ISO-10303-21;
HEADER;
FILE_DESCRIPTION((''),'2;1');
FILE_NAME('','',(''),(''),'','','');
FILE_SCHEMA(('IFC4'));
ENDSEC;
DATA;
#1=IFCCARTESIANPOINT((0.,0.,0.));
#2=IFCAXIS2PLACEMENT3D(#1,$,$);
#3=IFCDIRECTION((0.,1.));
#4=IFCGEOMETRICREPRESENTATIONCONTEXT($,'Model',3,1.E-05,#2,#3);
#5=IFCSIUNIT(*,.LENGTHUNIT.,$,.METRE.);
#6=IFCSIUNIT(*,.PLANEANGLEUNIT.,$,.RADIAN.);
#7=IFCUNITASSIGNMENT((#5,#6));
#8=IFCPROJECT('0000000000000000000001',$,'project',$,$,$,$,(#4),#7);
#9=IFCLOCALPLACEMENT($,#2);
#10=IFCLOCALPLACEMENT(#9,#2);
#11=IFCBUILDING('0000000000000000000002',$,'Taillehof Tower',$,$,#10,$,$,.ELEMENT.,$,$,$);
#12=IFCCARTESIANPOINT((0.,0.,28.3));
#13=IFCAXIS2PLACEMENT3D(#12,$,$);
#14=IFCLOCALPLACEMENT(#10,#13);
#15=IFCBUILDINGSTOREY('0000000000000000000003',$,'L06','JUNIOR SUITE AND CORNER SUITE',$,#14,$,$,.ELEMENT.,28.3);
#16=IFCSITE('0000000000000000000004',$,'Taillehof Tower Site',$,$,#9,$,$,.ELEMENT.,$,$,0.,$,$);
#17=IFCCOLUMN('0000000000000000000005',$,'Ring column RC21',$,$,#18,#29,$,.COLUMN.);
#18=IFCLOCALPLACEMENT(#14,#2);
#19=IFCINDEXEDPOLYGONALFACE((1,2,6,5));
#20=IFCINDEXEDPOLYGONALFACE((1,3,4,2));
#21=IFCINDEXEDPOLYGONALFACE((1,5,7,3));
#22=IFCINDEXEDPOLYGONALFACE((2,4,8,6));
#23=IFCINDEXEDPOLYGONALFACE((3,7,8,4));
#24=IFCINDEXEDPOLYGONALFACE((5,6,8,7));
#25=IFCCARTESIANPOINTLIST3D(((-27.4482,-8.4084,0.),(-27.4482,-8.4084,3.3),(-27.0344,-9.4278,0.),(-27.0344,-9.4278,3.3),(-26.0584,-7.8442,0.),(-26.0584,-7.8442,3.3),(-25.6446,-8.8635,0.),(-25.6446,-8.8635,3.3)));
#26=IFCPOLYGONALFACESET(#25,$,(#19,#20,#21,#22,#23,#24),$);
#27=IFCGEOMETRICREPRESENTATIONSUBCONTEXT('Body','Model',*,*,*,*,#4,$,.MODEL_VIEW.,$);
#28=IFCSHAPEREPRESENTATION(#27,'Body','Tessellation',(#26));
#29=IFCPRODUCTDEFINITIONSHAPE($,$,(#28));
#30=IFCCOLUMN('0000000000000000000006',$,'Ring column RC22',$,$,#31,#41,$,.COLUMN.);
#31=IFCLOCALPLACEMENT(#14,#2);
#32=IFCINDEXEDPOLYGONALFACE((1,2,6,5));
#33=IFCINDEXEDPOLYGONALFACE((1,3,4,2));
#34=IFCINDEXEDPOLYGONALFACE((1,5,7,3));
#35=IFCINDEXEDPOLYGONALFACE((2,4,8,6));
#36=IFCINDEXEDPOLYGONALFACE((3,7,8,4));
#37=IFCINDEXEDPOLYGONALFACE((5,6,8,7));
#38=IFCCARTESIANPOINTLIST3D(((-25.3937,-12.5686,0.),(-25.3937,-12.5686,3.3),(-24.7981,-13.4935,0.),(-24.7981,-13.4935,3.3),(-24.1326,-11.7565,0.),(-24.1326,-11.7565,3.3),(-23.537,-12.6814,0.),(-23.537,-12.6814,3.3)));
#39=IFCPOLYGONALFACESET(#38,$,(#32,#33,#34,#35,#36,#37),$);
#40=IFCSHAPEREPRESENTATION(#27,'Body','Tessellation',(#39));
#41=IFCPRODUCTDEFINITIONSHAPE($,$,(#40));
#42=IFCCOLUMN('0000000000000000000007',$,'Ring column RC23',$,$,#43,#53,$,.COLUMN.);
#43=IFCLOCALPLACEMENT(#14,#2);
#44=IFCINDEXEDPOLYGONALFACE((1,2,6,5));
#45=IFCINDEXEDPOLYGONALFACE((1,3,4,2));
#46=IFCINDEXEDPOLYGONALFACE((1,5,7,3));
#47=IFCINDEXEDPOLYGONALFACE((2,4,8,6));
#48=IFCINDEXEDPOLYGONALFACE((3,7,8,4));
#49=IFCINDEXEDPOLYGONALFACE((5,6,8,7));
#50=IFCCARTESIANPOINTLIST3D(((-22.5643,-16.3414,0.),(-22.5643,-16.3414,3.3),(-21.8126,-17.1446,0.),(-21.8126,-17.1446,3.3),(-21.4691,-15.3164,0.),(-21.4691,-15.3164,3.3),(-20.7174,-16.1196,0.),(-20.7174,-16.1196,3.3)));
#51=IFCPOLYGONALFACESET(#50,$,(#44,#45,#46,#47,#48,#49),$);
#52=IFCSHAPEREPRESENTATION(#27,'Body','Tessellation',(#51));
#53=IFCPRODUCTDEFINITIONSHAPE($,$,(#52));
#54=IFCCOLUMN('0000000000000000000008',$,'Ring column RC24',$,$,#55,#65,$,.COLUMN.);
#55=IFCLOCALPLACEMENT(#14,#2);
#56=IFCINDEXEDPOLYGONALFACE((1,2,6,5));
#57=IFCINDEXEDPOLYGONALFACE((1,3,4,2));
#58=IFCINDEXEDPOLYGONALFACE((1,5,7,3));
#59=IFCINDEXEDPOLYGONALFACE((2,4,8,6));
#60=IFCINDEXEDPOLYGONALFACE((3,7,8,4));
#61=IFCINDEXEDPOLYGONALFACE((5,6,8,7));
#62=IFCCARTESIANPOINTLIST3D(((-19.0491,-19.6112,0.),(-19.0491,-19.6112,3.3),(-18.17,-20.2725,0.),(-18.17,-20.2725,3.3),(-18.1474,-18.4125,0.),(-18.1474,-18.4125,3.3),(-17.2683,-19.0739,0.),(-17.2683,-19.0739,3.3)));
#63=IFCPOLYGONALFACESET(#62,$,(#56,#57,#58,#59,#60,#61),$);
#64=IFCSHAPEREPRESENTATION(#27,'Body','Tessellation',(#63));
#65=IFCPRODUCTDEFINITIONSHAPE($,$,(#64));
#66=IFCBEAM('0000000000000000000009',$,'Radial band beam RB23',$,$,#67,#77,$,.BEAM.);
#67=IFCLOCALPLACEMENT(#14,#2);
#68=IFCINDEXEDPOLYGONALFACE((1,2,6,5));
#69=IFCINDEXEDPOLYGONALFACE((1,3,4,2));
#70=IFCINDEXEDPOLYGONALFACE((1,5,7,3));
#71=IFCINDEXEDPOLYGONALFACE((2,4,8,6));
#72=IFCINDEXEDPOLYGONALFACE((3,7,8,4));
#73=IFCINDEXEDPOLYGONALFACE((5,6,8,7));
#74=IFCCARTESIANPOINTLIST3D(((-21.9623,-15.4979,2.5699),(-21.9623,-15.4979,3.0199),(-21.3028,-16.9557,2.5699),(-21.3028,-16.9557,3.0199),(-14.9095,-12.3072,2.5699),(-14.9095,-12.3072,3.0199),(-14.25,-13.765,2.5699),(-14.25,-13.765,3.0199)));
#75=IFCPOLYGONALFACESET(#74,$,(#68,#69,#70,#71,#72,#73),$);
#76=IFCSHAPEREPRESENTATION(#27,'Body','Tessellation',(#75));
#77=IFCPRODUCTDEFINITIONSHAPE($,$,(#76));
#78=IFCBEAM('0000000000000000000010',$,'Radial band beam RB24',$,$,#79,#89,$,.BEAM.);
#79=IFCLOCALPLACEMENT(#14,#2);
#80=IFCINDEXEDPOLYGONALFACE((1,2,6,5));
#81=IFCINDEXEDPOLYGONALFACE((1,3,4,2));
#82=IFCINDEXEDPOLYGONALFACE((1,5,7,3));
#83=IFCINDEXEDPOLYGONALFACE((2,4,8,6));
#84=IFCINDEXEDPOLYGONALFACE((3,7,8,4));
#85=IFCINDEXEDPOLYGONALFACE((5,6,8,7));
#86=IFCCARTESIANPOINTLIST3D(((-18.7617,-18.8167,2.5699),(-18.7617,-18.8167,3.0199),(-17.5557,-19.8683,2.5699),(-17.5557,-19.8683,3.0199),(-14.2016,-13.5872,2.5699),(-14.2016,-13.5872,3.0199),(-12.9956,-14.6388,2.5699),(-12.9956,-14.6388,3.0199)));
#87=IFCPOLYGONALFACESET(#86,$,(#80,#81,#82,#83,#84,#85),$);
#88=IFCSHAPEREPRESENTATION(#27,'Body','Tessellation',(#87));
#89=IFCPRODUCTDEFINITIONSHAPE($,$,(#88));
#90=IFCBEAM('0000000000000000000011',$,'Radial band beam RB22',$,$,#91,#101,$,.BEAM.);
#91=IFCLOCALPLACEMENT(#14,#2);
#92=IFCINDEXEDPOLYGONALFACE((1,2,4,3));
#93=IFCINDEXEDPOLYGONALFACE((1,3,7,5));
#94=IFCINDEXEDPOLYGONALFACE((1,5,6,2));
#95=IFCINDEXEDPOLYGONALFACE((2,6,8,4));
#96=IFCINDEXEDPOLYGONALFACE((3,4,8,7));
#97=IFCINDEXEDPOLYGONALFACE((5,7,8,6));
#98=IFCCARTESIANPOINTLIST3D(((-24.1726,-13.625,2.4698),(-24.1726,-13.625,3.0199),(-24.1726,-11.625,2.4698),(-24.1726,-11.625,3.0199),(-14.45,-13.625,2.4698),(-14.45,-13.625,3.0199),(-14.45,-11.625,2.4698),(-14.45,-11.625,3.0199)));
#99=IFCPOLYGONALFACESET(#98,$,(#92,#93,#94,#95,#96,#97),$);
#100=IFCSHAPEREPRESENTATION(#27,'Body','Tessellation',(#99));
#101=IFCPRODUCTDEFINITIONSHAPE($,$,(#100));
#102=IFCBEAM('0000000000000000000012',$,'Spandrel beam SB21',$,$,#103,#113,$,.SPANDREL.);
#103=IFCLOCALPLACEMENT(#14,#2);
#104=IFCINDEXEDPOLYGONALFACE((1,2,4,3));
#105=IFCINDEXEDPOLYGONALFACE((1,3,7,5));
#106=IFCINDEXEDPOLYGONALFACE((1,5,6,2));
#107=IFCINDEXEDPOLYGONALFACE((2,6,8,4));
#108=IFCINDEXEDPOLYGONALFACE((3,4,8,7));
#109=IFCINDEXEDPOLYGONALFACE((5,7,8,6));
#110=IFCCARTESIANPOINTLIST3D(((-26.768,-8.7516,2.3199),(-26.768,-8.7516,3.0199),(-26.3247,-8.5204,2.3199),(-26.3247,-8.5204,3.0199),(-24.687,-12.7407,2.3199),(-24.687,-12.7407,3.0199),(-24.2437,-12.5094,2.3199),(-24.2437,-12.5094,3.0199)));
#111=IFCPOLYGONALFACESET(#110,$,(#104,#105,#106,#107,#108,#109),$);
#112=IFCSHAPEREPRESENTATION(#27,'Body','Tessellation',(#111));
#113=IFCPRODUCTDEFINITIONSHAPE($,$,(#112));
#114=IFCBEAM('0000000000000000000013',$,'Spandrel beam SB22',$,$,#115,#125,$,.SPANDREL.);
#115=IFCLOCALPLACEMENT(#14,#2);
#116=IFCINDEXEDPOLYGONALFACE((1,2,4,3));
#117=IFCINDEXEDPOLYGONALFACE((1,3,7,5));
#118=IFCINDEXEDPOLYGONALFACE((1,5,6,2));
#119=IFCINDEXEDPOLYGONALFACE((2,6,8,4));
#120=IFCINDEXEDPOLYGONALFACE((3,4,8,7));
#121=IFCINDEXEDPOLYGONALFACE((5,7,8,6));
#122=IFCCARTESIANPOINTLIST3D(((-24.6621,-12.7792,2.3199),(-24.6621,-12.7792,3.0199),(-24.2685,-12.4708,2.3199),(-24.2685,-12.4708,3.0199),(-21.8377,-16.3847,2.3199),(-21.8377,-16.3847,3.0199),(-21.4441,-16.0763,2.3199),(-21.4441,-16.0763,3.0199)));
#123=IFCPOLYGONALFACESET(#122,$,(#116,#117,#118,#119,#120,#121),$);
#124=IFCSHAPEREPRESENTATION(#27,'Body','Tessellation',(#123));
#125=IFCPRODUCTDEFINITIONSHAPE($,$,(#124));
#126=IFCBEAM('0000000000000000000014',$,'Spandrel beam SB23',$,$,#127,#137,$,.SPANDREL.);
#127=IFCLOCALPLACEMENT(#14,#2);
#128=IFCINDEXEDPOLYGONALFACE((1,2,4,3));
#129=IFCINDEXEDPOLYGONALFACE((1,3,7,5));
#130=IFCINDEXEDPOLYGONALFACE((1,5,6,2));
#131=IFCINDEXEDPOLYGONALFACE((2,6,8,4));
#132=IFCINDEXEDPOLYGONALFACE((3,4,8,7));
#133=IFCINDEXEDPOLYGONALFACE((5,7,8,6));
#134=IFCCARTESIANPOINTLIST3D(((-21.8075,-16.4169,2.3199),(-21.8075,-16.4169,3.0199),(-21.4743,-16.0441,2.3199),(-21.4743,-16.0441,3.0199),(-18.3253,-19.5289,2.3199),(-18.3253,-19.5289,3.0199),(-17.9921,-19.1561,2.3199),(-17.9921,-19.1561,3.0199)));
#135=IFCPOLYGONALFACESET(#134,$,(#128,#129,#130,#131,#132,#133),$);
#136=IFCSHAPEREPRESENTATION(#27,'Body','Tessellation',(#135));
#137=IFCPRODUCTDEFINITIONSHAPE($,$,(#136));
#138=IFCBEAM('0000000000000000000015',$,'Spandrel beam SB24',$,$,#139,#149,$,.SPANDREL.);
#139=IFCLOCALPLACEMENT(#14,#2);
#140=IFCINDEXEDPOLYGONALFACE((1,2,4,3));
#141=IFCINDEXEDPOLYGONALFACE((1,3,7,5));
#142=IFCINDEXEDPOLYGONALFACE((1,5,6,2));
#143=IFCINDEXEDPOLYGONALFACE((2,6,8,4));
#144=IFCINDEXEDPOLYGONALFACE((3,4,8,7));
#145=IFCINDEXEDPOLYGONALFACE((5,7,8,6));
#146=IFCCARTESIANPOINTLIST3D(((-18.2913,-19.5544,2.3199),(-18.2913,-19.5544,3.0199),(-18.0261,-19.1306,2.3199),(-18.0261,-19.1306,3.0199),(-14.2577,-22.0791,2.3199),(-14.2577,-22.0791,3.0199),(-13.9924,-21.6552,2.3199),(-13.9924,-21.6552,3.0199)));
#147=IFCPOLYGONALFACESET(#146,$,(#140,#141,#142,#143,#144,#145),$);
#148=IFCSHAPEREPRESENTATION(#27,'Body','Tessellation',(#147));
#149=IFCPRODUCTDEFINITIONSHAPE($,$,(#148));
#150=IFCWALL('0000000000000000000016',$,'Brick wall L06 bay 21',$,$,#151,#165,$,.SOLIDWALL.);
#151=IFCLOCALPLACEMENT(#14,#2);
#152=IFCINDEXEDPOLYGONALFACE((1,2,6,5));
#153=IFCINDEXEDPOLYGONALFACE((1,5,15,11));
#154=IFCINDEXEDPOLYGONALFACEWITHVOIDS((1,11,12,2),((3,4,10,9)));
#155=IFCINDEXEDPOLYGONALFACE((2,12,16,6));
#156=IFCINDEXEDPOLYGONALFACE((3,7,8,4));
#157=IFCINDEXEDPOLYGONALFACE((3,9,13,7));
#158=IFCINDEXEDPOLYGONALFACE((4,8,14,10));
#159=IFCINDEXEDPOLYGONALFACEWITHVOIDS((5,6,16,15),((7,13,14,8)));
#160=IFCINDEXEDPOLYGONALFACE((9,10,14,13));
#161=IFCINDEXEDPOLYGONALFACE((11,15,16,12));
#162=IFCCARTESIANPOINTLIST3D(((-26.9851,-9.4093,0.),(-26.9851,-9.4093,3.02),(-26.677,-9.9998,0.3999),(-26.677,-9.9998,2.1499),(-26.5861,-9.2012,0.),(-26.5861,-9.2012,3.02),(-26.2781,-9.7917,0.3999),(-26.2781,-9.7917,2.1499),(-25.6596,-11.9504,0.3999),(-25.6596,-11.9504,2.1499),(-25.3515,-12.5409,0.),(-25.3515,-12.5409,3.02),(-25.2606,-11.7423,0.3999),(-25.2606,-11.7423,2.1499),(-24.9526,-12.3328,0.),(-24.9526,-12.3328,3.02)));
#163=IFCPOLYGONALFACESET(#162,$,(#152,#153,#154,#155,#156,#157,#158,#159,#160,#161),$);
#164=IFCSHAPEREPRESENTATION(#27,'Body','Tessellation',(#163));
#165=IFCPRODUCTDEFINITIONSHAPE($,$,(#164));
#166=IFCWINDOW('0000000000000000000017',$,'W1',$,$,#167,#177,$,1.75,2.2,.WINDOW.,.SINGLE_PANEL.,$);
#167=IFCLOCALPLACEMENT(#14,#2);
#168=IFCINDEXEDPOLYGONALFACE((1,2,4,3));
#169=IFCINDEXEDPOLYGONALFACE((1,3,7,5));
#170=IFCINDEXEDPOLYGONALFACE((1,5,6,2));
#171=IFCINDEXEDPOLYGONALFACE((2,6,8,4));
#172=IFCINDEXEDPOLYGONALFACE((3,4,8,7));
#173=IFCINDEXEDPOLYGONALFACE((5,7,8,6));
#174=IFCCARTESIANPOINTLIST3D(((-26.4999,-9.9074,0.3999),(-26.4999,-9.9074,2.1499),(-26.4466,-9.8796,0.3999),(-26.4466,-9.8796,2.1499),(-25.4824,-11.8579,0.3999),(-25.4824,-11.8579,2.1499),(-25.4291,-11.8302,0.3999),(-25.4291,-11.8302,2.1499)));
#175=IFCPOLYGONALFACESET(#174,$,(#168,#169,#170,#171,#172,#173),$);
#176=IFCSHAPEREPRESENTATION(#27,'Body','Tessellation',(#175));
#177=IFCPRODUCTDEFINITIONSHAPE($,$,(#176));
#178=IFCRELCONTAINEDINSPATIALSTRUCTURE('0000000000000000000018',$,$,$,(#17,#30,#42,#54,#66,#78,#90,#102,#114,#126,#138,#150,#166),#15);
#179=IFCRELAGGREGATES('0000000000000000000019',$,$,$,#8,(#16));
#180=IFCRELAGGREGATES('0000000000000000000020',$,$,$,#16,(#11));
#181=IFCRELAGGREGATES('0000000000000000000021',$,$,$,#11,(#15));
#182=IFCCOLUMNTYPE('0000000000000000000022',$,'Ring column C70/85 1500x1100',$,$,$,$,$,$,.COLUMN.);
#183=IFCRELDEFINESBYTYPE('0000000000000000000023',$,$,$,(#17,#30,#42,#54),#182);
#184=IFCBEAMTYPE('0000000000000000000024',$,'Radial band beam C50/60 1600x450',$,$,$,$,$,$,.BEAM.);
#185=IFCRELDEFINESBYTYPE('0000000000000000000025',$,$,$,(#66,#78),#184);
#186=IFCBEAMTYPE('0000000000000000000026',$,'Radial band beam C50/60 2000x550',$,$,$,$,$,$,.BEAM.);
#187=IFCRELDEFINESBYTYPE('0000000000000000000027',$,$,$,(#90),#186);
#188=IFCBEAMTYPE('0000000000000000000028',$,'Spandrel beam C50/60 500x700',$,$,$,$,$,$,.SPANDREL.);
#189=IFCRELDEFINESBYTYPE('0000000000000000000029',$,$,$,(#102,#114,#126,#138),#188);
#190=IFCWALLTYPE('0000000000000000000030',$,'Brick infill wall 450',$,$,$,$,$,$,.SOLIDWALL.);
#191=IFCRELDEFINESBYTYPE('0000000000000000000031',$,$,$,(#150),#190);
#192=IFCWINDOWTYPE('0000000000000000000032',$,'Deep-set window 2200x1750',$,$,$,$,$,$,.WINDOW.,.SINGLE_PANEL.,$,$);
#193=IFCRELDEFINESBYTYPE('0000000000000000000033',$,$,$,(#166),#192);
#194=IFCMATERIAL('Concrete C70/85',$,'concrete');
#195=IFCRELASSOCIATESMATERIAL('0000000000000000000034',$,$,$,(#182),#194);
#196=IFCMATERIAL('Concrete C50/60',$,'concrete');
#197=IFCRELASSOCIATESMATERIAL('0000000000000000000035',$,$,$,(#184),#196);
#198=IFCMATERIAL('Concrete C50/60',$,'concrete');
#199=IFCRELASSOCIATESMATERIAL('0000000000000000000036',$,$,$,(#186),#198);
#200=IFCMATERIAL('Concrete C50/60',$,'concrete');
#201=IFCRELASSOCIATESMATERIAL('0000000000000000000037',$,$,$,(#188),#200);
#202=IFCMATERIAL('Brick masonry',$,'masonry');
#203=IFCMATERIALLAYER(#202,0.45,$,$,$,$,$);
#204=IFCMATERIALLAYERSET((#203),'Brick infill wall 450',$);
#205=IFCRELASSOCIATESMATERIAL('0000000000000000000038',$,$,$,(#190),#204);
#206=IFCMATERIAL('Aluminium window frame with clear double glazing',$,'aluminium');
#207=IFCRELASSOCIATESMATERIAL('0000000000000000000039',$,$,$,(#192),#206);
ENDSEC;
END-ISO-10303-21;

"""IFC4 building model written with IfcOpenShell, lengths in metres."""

from ifc_helpers import new_model, si_unit, direction, frame, frame_2d, origin, origin_2d, place, context, subcontext, project, spatial, rectangle, extrude, material, layer, layer_set, material_profile, profile_set, type_object, element, fill, save


model = new_model("IFC4")

# Units and contexts
model_context = context("Model", 3, precision=1e-05, world=origin(), true_north=direction((0.0, 1.0)))
body_context = subcontext(model_context, "Body", "Model", "MODEL_VIEW")
ifc_project = project(units=[si_unit("LENGTHUNIT", "METRE"), si_unit("PLANEANGLEUNIT", "RADIAN")], contexts=[model_context])

# Site, building, storey
site_placement = place(None, origin())
site = spatial("IfcSite", under=ifc_project, at=site_placement, Name="Taillehof Tower Site", CompositionType="ELEMENT", RefElevation=0.0)
building_placement = place(site_placement, origin())
building = spatial("IfcBuilding", under=site, at=building_placement, Name="Taillehof Tower", CompositionType="ELEMENT")
storey_placement = place(building_placement, frame((0.0, 0.0, 28.3)))
storey = spatial("IfcBuildingStorey", under=building, at=storey_placement, Name="L06", Description="JUNIOR SUITE AND CORNER SUITE", CompositionType="ELEMENT", Elevation=28.3)

# Columns
ifc_material_1 = material(Name="Concrete C70/85", Category="concrete")
ifc_material_profile_1 = material_profile(ifc_material_1, rectangle(XDim=1.5, YDim=1.1001, at=origin_2d()), Name="RC 1500x1100")
ifc_profile_set_1 = profile_set([ifc_material_profile_1], Name="Concrete C70/85")
column_type = type_object("IfcColumnType", Name="Ring column C70/85 1500x1100", PredefinedType="COLUMN", material=ifc_profile_set_1)
for number, where, z_axis, x_axis, name in (
    (1, (-26.5464, -8.636, 0.0), (0.0, 0.0, 1.0), (-0.926558, -0.376152, 0.0), "Ring column RC21"),
    (2, (-24.4653, -12.625, 0.0), (0.0, 0.0, 1.0), (-0.840754, -0.541418, 0.0), "Ring column RC22"),
    (3, (-21.6409, -16.2305, 0.0), (0.0, 0.0, 1.0), (-0.730113, -0.683326, 0.0), "Ring column RC23"),
    (4, (-18.1587, -19.3425, 0.0), (0.0, 0.0, 1.0), (-0.601174, -0.799118, 0.0), "Ring column RC24"),
):
    element("IfcColumn", number, at=place(storey_placement, frame(where, z_axis=z_axis, x_axis=x_axis)), inside=storey, type_object=column_type, Name=name, PredefinedType="COLUMN", context=body_context, shape_type="SweptSolid", body=[
        extrude(rectangle(XDim=1.5, YDim=1.1001, at=origin_2d()), origin(), (0.0, 0.0, 1.0), 3.3),
    ])

# Beams
ifc_material_2 = material(Name="Concrete C50/60", Category="concrete")
ifc_material_profile_2 = material_profile(ifc_material_2, rectangle(XDim=1.6001, YDim=0.45, at=origin_2d()), Name="RC 1600x450")
ifc_profile_set_2 = profile_set([ifc_material_profile_2], Name="Concrete C50/60")
beam_type_1 = type_object("IfcBeamType", Name="Radial band beam C50/60 1600x450", PredefinedType="BEAM", material=ifc_profile_set_2)
beam_1_placement = place(storey_placement, frame((-21.6326, -16.2268, 2.7949), z_axis=(0.911101, 0.412184, 0.0), x_axis=(-0.412184, 0.911101, 0.0)))
element("IfcBeam", 5, at=beam_1_placement, inside=storey, type_object=beam_type_1, Name="Radial band beam RB23", PredefinedType="BEAM", context=body_context, shape_type="SweptSolid", body=[
    extrude(rectangle(XDim=1.6001, YDim=0.45, at=origin_2d()), origin(), (0.0, 0.0, 1.0), 7.741),
])
beam_2_placement = place(storey_placement, frame((-18.1587, -19.3425, 2.7949), z_axis=(0.657218, 0.7537, 0.0), x_axis=(-0.7537, 0.657218, 0.0)))
element("IfcBeam", 6, at=beam_2_placement, inside=storey, type_object=beam_type_1, Name="Radial band beam RB24", PredefinedType="BEAM", context=body_context, shape_type="SweptSolid", body=[
    extrude(rectangle(XDim=1.6001, YDim=0.45, at=origin_2d()), origin(), (0.0, 0.0, 1.0), 6.9385),
])
ifc_material_3 = material(Name="Concrete C50/60", Category="concrete")
ifc_material_profile_3 = material_profile(ifc_material_3, rectangle(XDim=2.0, YDim=0.55, at=origin_2d()), Name="RC 2000x550")
ifc_profile_set_3 = profile_set([ifc_material_profile_3], Name="Concrete C50/60")
beam_type_2 = type_object("IfcBeamType", Name="Radial band beam C50/60 2000x550", PredefinedType="BEAM", material=ifc_profile_set_3)
beam_3_placement = place(storey_placement, frame((-24.1726, -12.625, 2.7449), z_axis=(1.0, 0.0, 0.0), x_axis=(0.0, 1.0, 0.0)))
element("IfcBeam", 7, at=beam_3_placement, inside=storey, type_object=beam_type_2, Name="Radial band beam RB22", PredefinedType="BEAM", context=body_context, shape_type="SweptSolid", body=[
    extrude(rectangle(XDim=2.0, YDim=0.55, at=origin_2d()), origin(), (0.0, 0.0, 1.0), 9.7227),
])
ifc_material_4 = material(Name="Concrete C50/60", Category="concrete")
ifc_material_profile_4 = material_profile(ifc_material_4, rectangle(XDim=0.5, YDim=0.7, at=origin_2d()), Name="RC 500x700")
ifc_profile_set_4 = profile_set([ifc_material_profile_4], Name="Concrete C50/60")
beam_type_3 = type_object("IfcBeamType", Name="Spandrel beam C50/60 500x700", PredefinedType="SPANDREL", material=ifc_profile_set_4)
beam_4_placement = place(storey_placement, frame((-26.5464, -8.636, 2.6699), z_axis=(0.462536, -0.8866, 0.0), x_axis=(0.8866, 0.462536, 0.0)))
element("IfcBeam", 8, at=beam_4_placement, inside=storey, type_object=beam_type_3, Name="Spandrel beam SB21", PredefinedType="SPANDREL", context=body_context, shape_type="SweptSolid", body=[
    extrude(rectangle(XDim=0.5, YDim=0.7, at=origin_2d()), origin(), (0.0, 0.0, 1.0), 4.4993),
])
beam_5_placement = place(storey_placement, frame((-24.4653, -12.625, 2.6699), z_axis=(0.616686, -0.787209, 0.0), x_axis=(0.787209, 0.616686, 0.0)))
element("IfcBeam", 9, at=beam_5_placement, inside=storey, type_object=beam_type_3, Name="Spandrel beam SB22", PredefinedType="SPANDREL", context=body_context, shape_type="SweptSolid", body=[
    extrude(rectangle(XDim=0.5, YDim=0.7, at=origin_2d()), origin(), (0.0, 0.0, 1.0), 4.5801),
])
beam_6_placement = place(storey_placement, frame((-21.6409, -16.2305, 2.6699), z_axis=(0.745621, -0.66637, 0.0), x_axis=(0.66637, 0.745621, 0.0)))
element("IfcBeam", 10, at=beam_6_placement, inside=storey, type_object=beam_type_3, Name="Spandrel beam SB23", PredefinedType="SPANDREL", context=body_context, shape_type="SweptSolid", body=[
    extrude(rectangle(XDim=0.5, YDim=0.7, at=origin_2d()), origin(), (0.0, 0.0, 1.0), 4.6702),
])
beam_7_placement = place(storey_placement, frame((-18.1587, -19.3425, 2.6699), z_axis=(0.847658, -0.530543, 0.0), x_axis=(0.530543, 0.847658, 0.0)))
element("IfcBeam", 11, at=beam_7_placement, inside=storey, type_object=beam_type_3, Name="Spandrel beam SB24", PredefinedType="SPANDREL", context=body_context, shape_type="SweptSolid", body=[
    extrude(rectangle(XDim=0.5, YDim=0.7, at=origin_2d()), origin(), (0.0, 0.0, 1.0), 4.7585),
])

# Wall, opening, window
ifc_material_5 = material(Name="Brick masonry", Category="masonry")
ifc_layer_1 = layer(ifc_material_5, 0.45)
ifc_layer_set_1 = layer_set([ifc_layer_1], Name="Brick infill wall 450")
wall_type_1 = type_object("IfcWallType", Name="Brick infill wall 450", PredefinedType="SOLIDWALL", material=ifc_layer_set_1)
wall_1_placement = place(storey_placement, frame((-26.7856, -9.3052, 0.0), z_axis=(0.0, 0.0, 1.0), x_axis=(0.462493, -0.886623, 0.0)))
wall_1 = element("IfcWall", 12, at=wall_1_placement, inside=storey, type_object=wall_type_1, Name="Brick wall L06 bay 21", PredefinedType="SOLIDWALL", context=body_context, shape_type="SweptSolid", body=[
    extrude(rectangle(XDim=3.532, YDim=0.45, at=frame_2d((1.7661, 0.0))), origin(), (0.0, 0.0, 1.0), 3.02),
])
opening_1_placement = place(wall_1_placement, frame((0.666, 0.0, 0.3999)))
opening_1 = element("IfcOpeningElement", 13, at=opening_1_placement, cuts=wall_1, PredefinedType="OPENING", context=body_context, shape_type="SweptSolid", body=[
    extrude(rectangle(XDim=2.2, YDim=1.75, at=frame_2d((1.1001, 0.875))), frame((0.0, 0.2349, 0.0), z_axis=(0.0, -1.0, 0.0), x_axis=(1.0, 0.0, 0.0)), (0.0, 0.0, 1.0), 0.47),
])
ifc_material_6 = material(Name="Aluminium window frame with clear double glazing", Category="aluminium")
window_type = type_object("IfcWindowType", Name="Deep-set window 2200x1750", PartitioningType="SINGLE_PANEL", PredefinedType="WINDOW", material=ifc_material_6)
window_1_placement = place(opening_1_placement, origin())
window_1 = element("IfcWindow", 14, at=window_1_placement, inside=storey, type_object=window_type, Name="W1", OverallHeight=1.75, OverallWidth=2.2, PartitioningType="SINGLE_PANEL", PredefinedType="WINDOW", context=body_context, shape_type="SweptSolid", body=[
    extrude(rectangle(XDim=2.2, YDim=1.75, at=frame_2d((1.1001, 0.875))), frame((0.0, 0.0349, 0.0), z_axis=(0.0, -1.0, 0.0), x_axis=(1.0, 0.0, 0.0)), (0.0, 0.0, 1.0), 0.0601),
])
fill(opening_1, window_1)

save(model, "model.ifc")
